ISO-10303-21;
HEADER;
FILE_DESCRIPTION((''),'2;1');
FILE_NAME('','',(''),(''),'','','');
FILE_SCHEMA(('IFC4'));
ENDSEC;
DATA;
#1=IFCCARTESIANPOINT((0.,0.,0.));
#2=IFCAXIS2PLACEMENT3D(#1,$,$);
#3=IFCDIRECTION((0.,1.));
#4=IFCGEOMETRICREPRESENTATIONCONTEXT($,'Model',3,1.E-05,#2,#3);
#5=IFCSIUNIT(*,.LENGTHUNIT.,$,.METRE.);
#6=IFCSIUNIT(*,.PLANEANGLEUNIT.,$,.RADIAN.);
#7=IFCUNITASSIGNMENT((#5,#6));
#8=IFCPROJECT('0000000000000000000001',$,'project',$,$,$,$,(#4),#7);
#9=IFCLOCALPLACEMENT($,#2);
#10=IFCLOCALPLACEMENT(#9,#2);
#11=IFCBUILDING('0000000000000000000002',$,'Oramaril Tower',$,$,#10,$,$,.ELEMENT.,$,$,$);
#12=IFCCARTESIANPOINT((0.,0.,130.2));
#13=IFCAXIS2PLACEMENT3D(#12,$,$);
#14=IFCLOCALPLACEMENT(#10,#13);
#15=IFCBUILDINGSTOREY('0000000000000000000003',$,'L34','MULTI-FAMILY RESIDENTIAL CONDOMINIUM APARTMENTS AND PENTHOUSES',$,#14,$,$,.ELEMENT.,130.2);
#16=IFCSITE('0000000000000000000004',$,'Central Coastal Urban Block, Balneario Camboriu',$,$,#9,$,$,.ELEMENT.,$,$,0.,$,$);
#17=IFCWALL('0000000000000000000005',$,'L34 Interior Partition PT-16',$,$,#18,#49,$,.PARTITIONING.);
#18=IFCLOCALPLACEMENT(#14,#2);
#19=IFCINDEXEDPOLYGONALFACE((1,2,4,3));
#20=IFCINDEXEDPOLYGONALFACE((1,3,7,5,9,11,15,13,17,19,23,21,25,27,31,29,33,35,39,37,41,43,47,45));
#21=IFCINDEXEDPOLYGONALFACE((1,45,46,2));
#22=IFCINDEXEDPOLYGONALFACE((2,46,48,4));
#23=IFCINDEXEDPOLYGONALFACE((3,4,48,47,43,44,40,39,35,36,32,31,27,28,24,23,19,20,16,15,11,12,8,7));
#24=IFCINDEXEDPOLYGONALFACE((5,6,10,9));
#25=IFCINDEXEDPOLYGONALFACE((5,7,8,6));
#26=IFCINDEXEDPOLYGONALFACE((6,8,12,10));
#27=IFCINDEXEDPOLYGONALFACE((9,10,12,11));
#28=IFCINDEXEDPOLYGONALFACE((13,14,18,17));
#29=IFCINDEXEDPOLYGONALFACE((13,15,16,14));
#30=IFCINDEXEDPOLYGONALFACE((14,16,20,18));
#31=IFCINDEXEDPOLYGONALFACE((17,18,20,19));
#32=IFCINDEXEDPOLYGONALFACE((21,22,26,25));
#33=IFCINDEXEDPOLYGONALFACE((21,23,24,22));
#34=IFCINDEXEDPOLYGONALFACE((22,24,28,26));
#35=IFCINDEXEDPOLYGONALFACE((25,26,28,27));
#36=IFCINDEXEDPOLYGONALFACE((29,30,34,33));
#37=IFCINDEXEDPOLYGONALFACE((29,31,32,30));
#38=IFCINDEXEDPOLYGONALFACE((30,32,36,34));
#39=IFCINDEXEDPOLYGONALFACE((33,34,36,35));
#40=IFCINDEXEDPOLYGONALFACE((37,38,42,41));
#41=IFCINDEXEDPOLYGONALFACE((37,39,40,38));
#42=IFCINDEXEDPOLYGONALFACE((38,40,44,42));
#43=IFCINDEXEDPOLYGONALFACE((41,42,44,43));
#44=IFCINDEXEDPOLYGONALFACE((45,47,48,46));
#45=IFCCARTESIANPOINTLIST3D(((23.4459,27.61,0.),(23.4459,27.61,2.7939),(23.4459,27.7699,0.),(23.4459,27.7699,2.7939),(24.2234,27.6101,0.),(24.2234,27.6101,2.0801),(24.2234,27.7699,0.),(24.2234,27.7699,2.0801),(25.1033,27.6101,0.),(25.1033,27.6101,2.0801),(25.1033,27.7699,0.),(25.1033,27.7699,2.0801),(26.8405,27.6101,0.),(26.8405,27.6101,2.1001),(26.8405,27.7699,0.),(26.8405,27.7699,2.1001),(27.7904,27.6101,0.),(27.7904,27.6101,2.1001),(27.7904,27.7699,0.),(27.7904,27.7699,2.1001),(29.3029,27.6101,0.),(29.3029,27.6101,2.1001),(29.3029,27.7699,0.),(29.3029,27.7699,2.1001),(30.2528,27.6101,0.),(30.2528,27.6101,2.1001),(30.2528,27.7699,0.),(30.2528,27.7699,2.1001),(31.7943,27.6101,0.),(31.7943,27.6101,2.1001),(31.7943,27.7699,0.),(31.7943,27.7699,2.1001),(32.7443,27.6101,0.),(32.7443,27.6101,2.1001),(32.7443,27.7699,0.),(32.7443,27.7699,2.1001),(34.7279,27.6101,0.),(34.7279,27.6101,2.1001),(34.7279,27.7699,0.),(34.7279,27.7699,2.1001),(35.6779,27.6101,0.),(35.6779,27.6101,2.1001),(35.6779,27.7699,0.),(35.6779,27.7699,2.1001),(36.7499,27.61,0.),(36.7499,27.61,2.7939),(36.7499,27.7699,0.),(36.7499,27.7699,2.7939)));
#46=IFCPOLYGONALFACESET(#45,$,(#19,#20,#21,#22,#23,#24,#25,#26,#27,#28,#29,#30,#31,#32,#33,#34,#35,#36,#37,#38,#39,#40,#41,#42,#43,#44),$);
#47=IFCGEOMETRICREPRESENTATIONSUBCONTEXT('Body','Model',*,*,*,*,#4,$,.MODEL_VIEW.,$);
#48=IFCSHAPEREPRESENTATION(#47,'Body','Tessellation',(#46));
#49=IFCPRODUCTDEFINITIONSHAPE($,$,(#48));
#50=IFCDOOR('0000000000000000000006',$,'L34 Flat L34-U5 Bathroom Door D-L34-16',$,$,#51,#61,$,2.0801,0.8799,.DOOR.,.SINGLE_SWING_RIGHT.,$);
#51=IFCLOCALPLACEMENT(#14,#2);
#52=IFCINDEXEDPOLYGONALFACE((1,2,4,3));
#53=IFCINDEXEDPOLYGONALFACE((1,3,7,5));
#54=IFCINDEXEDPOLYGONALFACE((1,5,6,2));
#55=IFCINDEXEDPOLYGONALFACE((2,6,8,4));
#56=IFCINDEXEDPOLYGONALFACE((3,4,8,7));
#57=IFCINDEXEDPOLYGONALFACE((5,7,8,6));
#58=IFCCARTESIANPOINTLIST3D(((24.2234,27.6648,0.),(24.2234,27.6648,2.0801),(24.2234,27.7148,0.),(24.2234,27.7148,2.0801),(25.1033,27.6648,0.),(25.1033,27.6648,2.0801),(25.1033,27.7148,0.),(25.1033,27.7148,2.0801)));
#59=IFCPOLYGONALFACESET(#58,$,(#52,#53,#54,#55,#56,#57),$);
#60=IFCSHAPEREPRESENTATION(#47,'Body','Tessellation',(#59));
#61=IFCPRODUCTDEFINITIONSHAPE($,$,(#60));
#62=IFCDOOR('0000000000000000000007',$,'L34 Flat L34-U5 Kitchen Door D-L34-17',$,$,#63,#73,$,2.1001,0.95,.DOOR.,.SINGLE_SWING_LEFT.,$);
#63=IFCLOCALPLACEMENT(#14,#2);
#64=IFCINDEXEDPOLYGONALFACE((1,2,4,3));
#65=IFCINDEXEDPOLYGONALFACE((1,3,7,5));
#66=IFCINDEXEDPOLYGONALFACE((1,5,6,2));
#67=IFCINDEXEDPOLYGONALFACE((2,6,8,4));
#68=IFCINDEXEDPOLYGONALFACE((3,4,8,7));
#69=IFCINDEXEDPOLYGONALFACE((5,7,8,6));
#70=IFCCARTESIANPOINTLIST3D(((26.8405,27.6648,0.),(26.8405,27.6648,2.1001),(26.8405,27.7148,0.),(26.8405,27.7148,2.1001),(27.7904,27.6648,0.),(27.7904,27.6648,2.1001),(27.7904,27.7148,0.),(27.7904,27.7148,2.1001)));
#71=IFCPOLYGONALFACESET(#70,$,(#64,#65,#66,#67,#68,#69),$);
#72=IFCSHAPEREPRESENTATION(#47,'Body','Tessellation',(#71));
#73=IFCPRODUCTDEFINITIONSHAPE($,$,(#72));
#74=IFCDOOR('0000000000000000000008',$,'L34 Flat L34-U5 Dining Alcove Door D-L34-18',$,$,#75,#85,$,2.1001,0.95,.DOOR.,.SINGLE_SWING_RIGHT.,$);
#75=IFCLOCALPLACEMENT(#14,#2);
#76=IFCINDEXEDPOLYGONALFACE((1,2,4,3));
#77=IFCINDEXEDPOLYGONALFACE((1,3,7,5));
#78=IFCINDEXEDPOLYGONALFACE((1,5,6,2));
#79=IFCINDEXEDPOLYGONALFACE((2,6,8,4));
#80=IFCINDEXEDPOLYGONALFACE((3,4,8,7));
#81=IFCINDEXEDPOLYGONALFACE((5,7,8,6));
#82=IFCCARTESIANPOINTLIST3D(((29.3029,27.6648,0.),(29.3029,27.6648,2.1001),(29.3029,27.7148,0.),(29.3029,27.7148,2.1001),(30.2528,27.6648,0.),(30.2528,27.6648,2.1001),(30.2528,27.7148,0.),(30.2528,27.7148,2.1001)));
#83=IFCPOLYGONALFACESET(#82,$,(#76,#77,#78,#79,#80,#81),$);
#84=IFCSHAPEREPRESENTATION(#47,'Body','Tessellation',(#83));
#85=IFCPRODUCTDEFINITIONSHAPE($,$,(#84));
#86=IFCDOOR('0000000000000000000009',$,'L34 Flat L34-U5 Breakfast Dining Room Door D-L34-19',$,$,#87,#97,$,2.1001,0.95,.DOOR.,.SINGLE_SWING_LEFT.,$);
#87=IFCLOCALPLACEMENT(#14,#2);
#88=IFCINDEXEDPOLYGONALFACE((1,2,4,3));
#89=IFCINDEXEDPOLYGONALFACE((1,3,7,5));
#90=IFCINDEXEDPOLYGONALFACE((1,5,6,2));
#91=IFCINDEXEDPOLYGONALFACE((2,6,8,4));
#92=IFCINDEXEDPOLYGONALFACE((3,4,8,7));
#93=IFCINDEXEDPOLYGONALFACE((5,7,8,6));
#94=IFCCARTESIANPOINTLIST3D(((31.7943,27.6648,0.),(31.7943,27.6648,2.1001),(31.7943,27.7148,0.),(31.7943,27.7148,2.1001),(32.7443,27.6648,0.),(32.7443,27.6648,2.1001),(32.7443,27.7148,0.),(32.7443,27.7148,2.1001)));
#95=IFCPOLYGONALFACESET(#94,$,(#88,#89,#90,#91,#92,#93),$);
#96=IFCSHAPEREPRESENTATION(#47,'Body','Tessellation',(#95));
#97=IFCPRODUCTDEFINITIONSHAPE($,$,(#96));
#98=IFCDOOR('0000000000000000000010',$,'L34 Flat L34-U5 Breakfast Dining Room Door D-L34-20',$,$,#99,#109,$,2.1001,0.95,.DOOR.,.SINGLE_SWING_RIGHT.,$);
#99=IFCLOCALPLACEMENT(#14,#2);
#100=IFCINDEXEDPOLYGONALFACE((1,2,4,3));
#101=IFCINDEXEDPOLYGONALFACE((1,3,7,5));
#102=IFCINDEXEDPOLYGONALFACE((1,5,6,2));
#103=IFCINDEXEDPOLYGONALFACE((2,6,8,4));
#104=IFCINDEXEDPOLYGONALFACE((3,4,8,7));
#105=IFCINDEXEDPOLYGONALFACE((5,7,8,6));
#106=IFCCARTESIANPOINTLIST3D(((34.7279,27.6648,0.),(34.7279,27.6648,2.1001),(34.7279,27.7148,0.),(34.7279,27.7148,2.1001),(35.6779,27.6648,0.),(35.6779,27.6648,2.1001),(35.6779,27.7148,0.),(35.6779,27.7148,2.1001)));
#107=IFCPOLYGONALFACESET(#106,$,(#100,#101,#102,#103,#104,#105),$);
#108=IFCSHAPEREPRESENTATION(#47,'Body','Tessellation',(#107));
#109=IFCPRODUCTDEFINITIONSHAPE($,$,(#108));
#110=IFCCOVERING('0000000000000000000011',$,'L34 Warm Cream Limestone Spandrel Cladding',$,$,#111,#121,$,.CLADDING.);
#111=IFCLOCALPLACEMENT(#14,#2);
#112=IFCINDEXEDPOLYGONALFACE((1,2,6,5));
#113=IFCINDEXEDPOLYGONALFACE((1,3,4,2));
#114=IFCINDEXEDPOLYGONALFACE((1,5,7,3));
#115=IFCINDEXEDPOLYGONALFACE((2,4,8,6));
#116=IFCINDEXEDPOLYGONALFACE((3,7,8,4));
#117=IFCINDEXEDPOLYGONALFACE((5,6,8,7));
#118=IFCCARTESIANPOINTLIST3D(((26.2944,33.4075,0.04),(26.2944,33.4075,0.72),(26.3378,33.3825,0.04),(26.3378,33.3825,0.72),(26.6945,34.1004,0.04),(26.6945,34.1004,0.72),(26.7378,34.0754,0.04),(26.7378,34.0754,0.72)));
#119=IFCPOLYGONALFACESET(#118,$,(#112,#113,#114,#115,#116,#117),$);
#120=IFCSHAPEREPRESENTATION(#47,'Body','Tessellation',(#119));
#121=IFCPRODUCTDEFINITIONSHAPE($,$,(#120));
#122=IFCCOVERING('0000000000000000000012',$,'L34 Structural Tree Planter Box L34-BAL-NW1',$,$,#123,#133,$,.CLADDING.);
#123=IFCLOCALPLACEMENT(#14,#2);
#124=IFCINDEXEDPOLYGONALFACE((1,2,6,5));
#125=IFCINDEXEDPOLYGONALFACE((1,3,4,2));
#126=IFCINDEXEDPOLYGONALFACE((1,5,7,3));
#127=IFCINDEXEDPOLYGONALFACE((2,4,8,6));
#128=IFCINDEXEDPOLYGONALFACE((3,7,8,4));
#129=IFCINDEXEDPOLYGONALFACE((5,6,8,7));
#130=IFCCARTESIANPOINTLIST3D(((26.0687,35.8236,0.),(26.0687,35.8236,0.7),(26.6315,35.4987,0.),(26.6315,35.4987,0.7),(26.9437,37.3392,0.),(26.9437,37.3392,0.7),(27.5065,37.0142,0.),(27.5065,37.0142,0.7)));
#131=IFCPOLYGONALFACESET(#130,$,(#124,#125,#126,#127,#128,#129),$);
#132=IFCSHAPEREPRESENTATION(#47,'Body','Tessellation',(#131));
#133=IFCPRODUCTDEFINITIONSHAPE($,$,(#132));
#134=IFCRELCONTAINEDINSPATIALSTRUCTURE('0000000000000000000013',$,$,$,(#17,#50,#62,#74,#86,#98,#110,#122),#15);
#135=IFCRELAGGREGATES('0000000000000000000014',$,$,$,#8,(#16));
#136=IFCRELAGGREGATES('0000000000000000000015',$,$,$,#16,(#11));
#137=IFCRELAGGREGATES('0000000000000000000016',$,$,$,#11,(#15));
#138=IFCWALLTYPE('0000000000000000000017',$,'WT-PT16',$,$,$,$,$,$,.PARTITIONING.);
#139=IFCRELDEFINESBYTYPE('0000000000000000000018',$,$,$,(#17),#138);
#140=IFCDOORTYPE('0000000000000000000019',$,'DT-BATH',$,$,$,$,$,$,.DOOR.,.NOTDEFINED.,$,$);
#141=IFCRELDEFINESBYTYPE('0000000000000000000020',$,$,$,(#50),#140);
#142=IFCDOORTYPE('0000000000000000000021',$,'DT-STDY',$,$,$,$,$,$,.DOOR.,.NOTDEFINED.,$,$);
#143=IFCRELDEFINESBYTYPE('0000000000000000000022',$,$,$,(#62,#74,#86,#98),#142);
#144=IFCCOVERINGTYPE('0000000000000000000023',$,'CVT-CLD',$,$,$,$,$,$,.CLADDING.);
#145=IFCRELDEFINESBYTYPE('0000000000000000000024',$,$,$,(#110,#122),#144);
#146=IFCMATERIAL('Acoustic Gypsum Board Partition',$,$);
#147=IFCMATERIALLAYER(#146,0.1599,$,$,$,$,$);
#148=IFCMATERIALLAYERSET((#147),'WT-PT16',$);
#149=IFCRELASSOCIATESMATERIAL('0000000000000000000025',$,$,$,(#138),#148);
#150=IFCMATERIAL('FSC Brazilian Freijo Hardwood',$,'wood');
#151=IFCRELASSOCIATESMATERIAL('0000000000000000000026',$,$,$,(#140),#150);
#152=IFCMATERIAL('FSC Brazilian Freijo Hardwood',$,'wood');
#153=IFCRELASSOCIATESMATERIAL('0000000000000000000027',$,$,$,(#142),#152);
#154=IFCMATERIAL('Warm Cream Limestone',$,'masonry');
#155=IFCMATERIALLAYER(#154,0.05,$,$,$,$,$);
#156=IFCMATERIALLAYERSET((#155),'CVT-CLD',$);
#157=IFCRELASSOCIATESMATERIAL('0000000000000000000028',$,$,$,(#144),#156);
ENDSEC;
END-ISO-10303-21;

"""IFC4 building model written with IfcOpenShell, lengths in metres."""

from ifc_helpers import new_model, si_unit, direction, frame, frame_2d, origin, origin_2d, place, context, subcontext, project, spatial, rectangle, extrude, material, layer, layer_set, type_object, element, fill, save


model = new_model("IFC4")

# Units and contexts
model_context = context("Model", 3, precision=1e-05, world=origin(), true_north=direction((0.0, 1.0)))
body_context = subcontext(model_context, "Body", "Model", "MODEL_VIEW")
ifc_project = project(units=[si_unit("LENGTHUNIT", "METRE"), si_unit("PLANEANGLEUNIT", "RADIAN")], contexts=[model_context])

# Site, building, storey
site_placement = place(None, origin())
site = spatial("IfcSite", under=ifc_project, at=site_placement, Name="Central Coastal Urban Block, Balneario Camboriu", CompositionType="ELEMENT", RefElevation=0.0)
building_placement = place(site_placement, origin())
building = spatial("IfcBuilding", under=site, at=building_placement, Name="Oramaril Tower", CompositionType="ELEMENT")
storey_placement = place(building_placement, frame((0.0, 0.0, 130.2)))
storey = spatial("IfcBuildingStorey", under=building, at=storey_placement, Name="L34", Description="MULTI-FAMILY RESIDENTIAL CONDOMINIUM APARTMENTS AND PENTHOUSES", CompositionType="ELEMENT", Elevation=130.2)

# Wall, openings, doors
ifc_material_1 = material(Name="Acoustic Gypsum Board Partition")
ifc_layer_1 = layer(ifc_material_1, 0.1599)
ifc_layer_set_1 = layer_set([ifc_layer_1], Name="WT-PT16")
wall_type_1 = type_object("IfcWallType", Name="WT-PT16", PredefinedType="PARTITIONING", material=ifc_layer_set_1)
wall_1_placement = place(storey_placement, frame((23.446, 27.6899, 0.0), z_axis=(0.0, 0.0, 1.0), x_axis=(1.0, 0.0, 0.0)))
wall_1 = element("IfcWall", 1, at=wall_1_placement, inside=storey, type_object=wall_type_1, Name="L34 Interior Partition PT-16", PredefinedType="PARTITIONING", context=body_context, shape_type="SweptSolid", body=[
    extrude(rectangle(XDim=13.304, YDim=0.1599, at=frame_2d((6.6519, 0.0))), origin(), (0.0, 0.0, 1.0), 2.7939),
])
opening_1_placement = place(wall_1_placement, frame((0.7773, 0.0, 0.0)))
opening_1 = element("IfcOpeningElement", 2, at=opening_1_placement, cuts=wall_1, PredefinedType="OPENING", context=body_context, shape_type="SweptSolid", body=[
    extrude(rectangle(XDim=0.8799, YDim=2.0801, at=frame_2d((0.4399, 1.04))), frame((0.0, 0.0801, 0.0), z_axis=(0.0, -1.0, 0.0), x_axis=(1.0, 0.0, 0.0)), (0.0, 0.0, 1.0), 0.1599),
])
opening_2_placement = place(wall_1_placement, frame((3.3943, 0.0, 0.0)))
opening_2 = element("IfcOpeningElement", 3, at=opening_2_placement, cuts=wall_1, PredefinedType="OPENING", context=body_context, shape_type="SweptSolid", body=[
    extrude(rectangle(XDim=0.95, YDim=2.1001, at=frame_2d((0.4751, 1.05))), frame((0.0, 0.0801, 0.0), z_axis=(0.0, -1.0, 0.0), x_axis=(1.0, 0.0, 0.0)), (0.0, 0.0, 1.0), 0.1599),
])
opening_3_placement = place(wall_1_placement, frame((5.8567, 0.0, 0.0)))
opening_3 = element("IfcOpeningElement", 4, at=opening_3_placement, cuts=wall_1, PredefinedType="OPENING", context=body_context, shape_type="SweptSolid", body=[
    extrude(rectangle(XDim=0.95, YDim=2.1001, at=frame_2d((0.4751, 1.05))), frame((0.0, 0.0801, 0.0), z_axis=(0.0, -1.0, 0.0), x_axis=(1.0, 0.0, 0.0)), (0.0, 0.0, 1.0), 0.1599),
])
opening_4_placement = place(wall_1_placement, frame((8.3481, 0.0, 0.0)))
opening_4 = element("IfcOpeningElement", 5, at=opening_4_placement, cuts=wall_1, PredefinedType="OPENING", context=body_context, shape_type="SweptSolid", body=[
    extrude(rectangle(XDim=0.95, YDim=2.1001, at=frame_2d((0.4751, 1.05))), frame((0.0, 0.0801, 0.0), z_axis=(0.0, -1.0, 0.0), x_axis=(1.0, 0.0, 0.0)), (0.0, 0.0, 1.0), 0.1599),
])
opening_5_placement = place(wall_1_placement, frame((11.2817, 0.0, 0.0)))
opening_5 = element("IfcOpeningElement", 6, at=opening_5_placement, cuts=wall_1, PredefinedType="OPENING", context=body_context, shape_type="SweptSolid", body=[
    extrude(rectangle(XDim=0.95, YDim=2.1001, at=frame_2d((0.4751, 1.05))), frame((0.0, 0.0801, 0.0), z_axis=(0.0, -1.0, 0.0), x_axis=(1.0, 0.0, 0.0)), (0.0, 0.0, 1.0), 0.1599),
])
ifc_material_2 = material(Name="FSC Brazilian Freijo Hardwood", Category="wood")
door_type_1 = type_object("IfcDoorType", Name="DT-BATH", OperationType="NOTDEFINED", PredefinedType="DOOR", material=ifc_material_2)
door_1_placement = place(opening_1_placement, origin())
door_1 = element("IfcDoor", 7, at=door_1_placement, inside=storey, type_object=door_type_1, Name="L34 Flat L34-U5 Bathroom Door D-L34-16", OperationType="SINGLE_SWING_RIGHT", OverallHeight=2.0801, OverallWidth=0.8799, PredefinedType="DOOR", context=body_context, shape_type="SweptSolid", body=[
    extrude(rectangle(XDim=0.8799, YDim=2.0801, at=frame_2d((0.4399, 1.04))), frame((0.0, 0.0249, 0.0), z_axis=(0.0, -1.0, 0.0), x_axis=(1.0, 0.0, 0.0)), (0.0, 0.0, 1.0), 0.05),
])
fill(opening_1, door_1)
ifc_material_3 = material(Name="FSC Brazilian Freijo Hardwood", Category="wood")
door_type_2 = type_object("IfcDoorType", Name="DT-STDY", OperationType="NOTDEFINED", PredefinedType="DOOR", material=ifc_material_3)
door_2_placement = place(opening_2_placement, origin())
door_2 = element("IfcDoor", 8, at=door_2_placement, inside=storey, type_object=door_type_2, Name="L34 Flat L34-U5 Kitchen Door D-L34-17", OperationType="SINGLE_SWING_LEFT", OverallHeight=2.1001, OverallWidth=0.95, PredefinedType="DOOR", context=body_context, shape_type="SweptSolid", body=[
    extrude(rectangle(XDim=0.95, YDim=2.1001, at=frame_2d((0.4751, 1.05))), frame((0.0, 0.0249, 0.0), z_axis=(0.0, -1.0, 0.0), x_axis=(1.0, 0.0, 0.0)), (0.0, 0.0, 1.0), 0.05),
])
fill(opening_2, door_2)
door_3_placement = place(opening_3_placement, origin())
door_3 = element("IfcDoor", 9, at=door_3_placement, inside=storey, type_object=door_type_2, Name="L34 Flat L34-U5 Dining Alcove Door D-L34-18", OperationType="SINGLE_SWING_RIGHT", OverallHeight=2.1001, OverallWidth=0.95, PredefinedType="DOOR", context=body_context, shape_type="SweptSolid", body=[
    extrude(rectangle(XDim=0.95, YDim=2.1001, at=frame_2d((0.4751, 1.05))), frame((0.0, 0.0249, 0.0), z_axis=(0.0, -1.0, 0.0), x_axis=(1.0, 0.0, 0.0)), (0.0, 0.0, 1.0), 0.05),
])
fill(opening_3, door_3)
door_4_placement = place(opening_4_placement, origin())
door_4 = element("IfcDoor", 10, at=door_4_placement, inside=storey, type_object=door_type_2, Name="L34 Flat L34-U5 Breakfast Dining Room Door D-L34-19", OperationType="SINGLE_SWING_LEFT", OverallHeight=2.1001, OverallWidth=0.95, PredefinedType="DOOR", context=body_context, shape_type="SweptSolid", body=[
    extrude(rectangle(XDim=0.95, YDim=2.1001, at=frame_2d((0.4751, 1.05))), frame((0.0, 0.0249, 0.0), z_axis=(0.0, -1.0, 0.0), x_axis=(1.0, 0.0, 0.0)), (0.0, 0.0, 1.0), 0.05),
])
fill(opening_4, door_4)
door_5_placement = place(opening_5_placement, origin())
door_5 = element("IfcDoor", 11, at=door_5_placement, inside=storey, type_object=door_type_2, Name="L34 Flat L34-U5 Breakfast Dining Room Door D-L34-20", OperationType="SINGLE_SWING_RIGHT", OverallHeight=2.1001, OverallWidth=0.95, PredefinedType="DOOR", context=body_context, shape_type="SweptSolid", body=[
    extrude(rectangle(XDim=0.95, YDim=2.1001, at=frame_2d((0.4751, 1.05))), frame((0.0, 0.0249, 0.0), z_axis=(0.0, -1.0, 0.0), x_axis=(1.0, 0.0, 0.0)), (0.0, 0.0, 1.0), 0.05),
])
fill(opening_5, door_5)

# Coverings
ifc_material_4 = material(Name="Warm Cream Limestone", Category="masonry")
ifc_layer_2 = layer(ifc_material_4, 0.05)
ifc_layer_set_2 = layer_set([ifc_layer_2], Name="CVT-CLD")
covering_type = type_object("IfcCoveringType", Name="CVT-CLD", PredefinedType="CLADDING", material=ifc_layer_set_2)
covering_1_placement = place(storey_placement, frame((26.5161, 33.7415, 0.04), z_axis=(0.0, 0.0, 1.0), x_axis=(-0.499998, -0.866026, 0.0)))
element("IfcCovering", 12, at=covering_1_placement, inside=storey, type_object=covering_type, Name="L34 Warm Cream Limestone Spandrel Cladding", PredefinedType="CLADDING", context=body_context, shape_type="SweptSolid", body=[
    extrude(rectangle(XDim=0.8, YDim=0.05, at=origin_2d()), origin(), (0.0, 0.0, 1.0), 0.6799),
])
covering_2_placement = place(storey_placement, frame((26.7876, 36.4189, 0.0), z_axis=(0.0, 0.0, 1.0), x_axis=(-0.499998, -0.866026, 0.0)))
element("IfcCovering", 13, at=covering_2_placement, inside=storey, type_object=covering_type, Name="L34 Structural Tree Planter Box L34-BAL-NW1", PredefinedType="CLADDING", context=body_context, shape_type="SweptSolid", body=[
    extrude(rectangle(XDim=1.75, YDim=0.6499, at=origin_2d()), origin(), (0.0, 0.0, 1.0), 0.7),
])

save(model, "model.ifc")
